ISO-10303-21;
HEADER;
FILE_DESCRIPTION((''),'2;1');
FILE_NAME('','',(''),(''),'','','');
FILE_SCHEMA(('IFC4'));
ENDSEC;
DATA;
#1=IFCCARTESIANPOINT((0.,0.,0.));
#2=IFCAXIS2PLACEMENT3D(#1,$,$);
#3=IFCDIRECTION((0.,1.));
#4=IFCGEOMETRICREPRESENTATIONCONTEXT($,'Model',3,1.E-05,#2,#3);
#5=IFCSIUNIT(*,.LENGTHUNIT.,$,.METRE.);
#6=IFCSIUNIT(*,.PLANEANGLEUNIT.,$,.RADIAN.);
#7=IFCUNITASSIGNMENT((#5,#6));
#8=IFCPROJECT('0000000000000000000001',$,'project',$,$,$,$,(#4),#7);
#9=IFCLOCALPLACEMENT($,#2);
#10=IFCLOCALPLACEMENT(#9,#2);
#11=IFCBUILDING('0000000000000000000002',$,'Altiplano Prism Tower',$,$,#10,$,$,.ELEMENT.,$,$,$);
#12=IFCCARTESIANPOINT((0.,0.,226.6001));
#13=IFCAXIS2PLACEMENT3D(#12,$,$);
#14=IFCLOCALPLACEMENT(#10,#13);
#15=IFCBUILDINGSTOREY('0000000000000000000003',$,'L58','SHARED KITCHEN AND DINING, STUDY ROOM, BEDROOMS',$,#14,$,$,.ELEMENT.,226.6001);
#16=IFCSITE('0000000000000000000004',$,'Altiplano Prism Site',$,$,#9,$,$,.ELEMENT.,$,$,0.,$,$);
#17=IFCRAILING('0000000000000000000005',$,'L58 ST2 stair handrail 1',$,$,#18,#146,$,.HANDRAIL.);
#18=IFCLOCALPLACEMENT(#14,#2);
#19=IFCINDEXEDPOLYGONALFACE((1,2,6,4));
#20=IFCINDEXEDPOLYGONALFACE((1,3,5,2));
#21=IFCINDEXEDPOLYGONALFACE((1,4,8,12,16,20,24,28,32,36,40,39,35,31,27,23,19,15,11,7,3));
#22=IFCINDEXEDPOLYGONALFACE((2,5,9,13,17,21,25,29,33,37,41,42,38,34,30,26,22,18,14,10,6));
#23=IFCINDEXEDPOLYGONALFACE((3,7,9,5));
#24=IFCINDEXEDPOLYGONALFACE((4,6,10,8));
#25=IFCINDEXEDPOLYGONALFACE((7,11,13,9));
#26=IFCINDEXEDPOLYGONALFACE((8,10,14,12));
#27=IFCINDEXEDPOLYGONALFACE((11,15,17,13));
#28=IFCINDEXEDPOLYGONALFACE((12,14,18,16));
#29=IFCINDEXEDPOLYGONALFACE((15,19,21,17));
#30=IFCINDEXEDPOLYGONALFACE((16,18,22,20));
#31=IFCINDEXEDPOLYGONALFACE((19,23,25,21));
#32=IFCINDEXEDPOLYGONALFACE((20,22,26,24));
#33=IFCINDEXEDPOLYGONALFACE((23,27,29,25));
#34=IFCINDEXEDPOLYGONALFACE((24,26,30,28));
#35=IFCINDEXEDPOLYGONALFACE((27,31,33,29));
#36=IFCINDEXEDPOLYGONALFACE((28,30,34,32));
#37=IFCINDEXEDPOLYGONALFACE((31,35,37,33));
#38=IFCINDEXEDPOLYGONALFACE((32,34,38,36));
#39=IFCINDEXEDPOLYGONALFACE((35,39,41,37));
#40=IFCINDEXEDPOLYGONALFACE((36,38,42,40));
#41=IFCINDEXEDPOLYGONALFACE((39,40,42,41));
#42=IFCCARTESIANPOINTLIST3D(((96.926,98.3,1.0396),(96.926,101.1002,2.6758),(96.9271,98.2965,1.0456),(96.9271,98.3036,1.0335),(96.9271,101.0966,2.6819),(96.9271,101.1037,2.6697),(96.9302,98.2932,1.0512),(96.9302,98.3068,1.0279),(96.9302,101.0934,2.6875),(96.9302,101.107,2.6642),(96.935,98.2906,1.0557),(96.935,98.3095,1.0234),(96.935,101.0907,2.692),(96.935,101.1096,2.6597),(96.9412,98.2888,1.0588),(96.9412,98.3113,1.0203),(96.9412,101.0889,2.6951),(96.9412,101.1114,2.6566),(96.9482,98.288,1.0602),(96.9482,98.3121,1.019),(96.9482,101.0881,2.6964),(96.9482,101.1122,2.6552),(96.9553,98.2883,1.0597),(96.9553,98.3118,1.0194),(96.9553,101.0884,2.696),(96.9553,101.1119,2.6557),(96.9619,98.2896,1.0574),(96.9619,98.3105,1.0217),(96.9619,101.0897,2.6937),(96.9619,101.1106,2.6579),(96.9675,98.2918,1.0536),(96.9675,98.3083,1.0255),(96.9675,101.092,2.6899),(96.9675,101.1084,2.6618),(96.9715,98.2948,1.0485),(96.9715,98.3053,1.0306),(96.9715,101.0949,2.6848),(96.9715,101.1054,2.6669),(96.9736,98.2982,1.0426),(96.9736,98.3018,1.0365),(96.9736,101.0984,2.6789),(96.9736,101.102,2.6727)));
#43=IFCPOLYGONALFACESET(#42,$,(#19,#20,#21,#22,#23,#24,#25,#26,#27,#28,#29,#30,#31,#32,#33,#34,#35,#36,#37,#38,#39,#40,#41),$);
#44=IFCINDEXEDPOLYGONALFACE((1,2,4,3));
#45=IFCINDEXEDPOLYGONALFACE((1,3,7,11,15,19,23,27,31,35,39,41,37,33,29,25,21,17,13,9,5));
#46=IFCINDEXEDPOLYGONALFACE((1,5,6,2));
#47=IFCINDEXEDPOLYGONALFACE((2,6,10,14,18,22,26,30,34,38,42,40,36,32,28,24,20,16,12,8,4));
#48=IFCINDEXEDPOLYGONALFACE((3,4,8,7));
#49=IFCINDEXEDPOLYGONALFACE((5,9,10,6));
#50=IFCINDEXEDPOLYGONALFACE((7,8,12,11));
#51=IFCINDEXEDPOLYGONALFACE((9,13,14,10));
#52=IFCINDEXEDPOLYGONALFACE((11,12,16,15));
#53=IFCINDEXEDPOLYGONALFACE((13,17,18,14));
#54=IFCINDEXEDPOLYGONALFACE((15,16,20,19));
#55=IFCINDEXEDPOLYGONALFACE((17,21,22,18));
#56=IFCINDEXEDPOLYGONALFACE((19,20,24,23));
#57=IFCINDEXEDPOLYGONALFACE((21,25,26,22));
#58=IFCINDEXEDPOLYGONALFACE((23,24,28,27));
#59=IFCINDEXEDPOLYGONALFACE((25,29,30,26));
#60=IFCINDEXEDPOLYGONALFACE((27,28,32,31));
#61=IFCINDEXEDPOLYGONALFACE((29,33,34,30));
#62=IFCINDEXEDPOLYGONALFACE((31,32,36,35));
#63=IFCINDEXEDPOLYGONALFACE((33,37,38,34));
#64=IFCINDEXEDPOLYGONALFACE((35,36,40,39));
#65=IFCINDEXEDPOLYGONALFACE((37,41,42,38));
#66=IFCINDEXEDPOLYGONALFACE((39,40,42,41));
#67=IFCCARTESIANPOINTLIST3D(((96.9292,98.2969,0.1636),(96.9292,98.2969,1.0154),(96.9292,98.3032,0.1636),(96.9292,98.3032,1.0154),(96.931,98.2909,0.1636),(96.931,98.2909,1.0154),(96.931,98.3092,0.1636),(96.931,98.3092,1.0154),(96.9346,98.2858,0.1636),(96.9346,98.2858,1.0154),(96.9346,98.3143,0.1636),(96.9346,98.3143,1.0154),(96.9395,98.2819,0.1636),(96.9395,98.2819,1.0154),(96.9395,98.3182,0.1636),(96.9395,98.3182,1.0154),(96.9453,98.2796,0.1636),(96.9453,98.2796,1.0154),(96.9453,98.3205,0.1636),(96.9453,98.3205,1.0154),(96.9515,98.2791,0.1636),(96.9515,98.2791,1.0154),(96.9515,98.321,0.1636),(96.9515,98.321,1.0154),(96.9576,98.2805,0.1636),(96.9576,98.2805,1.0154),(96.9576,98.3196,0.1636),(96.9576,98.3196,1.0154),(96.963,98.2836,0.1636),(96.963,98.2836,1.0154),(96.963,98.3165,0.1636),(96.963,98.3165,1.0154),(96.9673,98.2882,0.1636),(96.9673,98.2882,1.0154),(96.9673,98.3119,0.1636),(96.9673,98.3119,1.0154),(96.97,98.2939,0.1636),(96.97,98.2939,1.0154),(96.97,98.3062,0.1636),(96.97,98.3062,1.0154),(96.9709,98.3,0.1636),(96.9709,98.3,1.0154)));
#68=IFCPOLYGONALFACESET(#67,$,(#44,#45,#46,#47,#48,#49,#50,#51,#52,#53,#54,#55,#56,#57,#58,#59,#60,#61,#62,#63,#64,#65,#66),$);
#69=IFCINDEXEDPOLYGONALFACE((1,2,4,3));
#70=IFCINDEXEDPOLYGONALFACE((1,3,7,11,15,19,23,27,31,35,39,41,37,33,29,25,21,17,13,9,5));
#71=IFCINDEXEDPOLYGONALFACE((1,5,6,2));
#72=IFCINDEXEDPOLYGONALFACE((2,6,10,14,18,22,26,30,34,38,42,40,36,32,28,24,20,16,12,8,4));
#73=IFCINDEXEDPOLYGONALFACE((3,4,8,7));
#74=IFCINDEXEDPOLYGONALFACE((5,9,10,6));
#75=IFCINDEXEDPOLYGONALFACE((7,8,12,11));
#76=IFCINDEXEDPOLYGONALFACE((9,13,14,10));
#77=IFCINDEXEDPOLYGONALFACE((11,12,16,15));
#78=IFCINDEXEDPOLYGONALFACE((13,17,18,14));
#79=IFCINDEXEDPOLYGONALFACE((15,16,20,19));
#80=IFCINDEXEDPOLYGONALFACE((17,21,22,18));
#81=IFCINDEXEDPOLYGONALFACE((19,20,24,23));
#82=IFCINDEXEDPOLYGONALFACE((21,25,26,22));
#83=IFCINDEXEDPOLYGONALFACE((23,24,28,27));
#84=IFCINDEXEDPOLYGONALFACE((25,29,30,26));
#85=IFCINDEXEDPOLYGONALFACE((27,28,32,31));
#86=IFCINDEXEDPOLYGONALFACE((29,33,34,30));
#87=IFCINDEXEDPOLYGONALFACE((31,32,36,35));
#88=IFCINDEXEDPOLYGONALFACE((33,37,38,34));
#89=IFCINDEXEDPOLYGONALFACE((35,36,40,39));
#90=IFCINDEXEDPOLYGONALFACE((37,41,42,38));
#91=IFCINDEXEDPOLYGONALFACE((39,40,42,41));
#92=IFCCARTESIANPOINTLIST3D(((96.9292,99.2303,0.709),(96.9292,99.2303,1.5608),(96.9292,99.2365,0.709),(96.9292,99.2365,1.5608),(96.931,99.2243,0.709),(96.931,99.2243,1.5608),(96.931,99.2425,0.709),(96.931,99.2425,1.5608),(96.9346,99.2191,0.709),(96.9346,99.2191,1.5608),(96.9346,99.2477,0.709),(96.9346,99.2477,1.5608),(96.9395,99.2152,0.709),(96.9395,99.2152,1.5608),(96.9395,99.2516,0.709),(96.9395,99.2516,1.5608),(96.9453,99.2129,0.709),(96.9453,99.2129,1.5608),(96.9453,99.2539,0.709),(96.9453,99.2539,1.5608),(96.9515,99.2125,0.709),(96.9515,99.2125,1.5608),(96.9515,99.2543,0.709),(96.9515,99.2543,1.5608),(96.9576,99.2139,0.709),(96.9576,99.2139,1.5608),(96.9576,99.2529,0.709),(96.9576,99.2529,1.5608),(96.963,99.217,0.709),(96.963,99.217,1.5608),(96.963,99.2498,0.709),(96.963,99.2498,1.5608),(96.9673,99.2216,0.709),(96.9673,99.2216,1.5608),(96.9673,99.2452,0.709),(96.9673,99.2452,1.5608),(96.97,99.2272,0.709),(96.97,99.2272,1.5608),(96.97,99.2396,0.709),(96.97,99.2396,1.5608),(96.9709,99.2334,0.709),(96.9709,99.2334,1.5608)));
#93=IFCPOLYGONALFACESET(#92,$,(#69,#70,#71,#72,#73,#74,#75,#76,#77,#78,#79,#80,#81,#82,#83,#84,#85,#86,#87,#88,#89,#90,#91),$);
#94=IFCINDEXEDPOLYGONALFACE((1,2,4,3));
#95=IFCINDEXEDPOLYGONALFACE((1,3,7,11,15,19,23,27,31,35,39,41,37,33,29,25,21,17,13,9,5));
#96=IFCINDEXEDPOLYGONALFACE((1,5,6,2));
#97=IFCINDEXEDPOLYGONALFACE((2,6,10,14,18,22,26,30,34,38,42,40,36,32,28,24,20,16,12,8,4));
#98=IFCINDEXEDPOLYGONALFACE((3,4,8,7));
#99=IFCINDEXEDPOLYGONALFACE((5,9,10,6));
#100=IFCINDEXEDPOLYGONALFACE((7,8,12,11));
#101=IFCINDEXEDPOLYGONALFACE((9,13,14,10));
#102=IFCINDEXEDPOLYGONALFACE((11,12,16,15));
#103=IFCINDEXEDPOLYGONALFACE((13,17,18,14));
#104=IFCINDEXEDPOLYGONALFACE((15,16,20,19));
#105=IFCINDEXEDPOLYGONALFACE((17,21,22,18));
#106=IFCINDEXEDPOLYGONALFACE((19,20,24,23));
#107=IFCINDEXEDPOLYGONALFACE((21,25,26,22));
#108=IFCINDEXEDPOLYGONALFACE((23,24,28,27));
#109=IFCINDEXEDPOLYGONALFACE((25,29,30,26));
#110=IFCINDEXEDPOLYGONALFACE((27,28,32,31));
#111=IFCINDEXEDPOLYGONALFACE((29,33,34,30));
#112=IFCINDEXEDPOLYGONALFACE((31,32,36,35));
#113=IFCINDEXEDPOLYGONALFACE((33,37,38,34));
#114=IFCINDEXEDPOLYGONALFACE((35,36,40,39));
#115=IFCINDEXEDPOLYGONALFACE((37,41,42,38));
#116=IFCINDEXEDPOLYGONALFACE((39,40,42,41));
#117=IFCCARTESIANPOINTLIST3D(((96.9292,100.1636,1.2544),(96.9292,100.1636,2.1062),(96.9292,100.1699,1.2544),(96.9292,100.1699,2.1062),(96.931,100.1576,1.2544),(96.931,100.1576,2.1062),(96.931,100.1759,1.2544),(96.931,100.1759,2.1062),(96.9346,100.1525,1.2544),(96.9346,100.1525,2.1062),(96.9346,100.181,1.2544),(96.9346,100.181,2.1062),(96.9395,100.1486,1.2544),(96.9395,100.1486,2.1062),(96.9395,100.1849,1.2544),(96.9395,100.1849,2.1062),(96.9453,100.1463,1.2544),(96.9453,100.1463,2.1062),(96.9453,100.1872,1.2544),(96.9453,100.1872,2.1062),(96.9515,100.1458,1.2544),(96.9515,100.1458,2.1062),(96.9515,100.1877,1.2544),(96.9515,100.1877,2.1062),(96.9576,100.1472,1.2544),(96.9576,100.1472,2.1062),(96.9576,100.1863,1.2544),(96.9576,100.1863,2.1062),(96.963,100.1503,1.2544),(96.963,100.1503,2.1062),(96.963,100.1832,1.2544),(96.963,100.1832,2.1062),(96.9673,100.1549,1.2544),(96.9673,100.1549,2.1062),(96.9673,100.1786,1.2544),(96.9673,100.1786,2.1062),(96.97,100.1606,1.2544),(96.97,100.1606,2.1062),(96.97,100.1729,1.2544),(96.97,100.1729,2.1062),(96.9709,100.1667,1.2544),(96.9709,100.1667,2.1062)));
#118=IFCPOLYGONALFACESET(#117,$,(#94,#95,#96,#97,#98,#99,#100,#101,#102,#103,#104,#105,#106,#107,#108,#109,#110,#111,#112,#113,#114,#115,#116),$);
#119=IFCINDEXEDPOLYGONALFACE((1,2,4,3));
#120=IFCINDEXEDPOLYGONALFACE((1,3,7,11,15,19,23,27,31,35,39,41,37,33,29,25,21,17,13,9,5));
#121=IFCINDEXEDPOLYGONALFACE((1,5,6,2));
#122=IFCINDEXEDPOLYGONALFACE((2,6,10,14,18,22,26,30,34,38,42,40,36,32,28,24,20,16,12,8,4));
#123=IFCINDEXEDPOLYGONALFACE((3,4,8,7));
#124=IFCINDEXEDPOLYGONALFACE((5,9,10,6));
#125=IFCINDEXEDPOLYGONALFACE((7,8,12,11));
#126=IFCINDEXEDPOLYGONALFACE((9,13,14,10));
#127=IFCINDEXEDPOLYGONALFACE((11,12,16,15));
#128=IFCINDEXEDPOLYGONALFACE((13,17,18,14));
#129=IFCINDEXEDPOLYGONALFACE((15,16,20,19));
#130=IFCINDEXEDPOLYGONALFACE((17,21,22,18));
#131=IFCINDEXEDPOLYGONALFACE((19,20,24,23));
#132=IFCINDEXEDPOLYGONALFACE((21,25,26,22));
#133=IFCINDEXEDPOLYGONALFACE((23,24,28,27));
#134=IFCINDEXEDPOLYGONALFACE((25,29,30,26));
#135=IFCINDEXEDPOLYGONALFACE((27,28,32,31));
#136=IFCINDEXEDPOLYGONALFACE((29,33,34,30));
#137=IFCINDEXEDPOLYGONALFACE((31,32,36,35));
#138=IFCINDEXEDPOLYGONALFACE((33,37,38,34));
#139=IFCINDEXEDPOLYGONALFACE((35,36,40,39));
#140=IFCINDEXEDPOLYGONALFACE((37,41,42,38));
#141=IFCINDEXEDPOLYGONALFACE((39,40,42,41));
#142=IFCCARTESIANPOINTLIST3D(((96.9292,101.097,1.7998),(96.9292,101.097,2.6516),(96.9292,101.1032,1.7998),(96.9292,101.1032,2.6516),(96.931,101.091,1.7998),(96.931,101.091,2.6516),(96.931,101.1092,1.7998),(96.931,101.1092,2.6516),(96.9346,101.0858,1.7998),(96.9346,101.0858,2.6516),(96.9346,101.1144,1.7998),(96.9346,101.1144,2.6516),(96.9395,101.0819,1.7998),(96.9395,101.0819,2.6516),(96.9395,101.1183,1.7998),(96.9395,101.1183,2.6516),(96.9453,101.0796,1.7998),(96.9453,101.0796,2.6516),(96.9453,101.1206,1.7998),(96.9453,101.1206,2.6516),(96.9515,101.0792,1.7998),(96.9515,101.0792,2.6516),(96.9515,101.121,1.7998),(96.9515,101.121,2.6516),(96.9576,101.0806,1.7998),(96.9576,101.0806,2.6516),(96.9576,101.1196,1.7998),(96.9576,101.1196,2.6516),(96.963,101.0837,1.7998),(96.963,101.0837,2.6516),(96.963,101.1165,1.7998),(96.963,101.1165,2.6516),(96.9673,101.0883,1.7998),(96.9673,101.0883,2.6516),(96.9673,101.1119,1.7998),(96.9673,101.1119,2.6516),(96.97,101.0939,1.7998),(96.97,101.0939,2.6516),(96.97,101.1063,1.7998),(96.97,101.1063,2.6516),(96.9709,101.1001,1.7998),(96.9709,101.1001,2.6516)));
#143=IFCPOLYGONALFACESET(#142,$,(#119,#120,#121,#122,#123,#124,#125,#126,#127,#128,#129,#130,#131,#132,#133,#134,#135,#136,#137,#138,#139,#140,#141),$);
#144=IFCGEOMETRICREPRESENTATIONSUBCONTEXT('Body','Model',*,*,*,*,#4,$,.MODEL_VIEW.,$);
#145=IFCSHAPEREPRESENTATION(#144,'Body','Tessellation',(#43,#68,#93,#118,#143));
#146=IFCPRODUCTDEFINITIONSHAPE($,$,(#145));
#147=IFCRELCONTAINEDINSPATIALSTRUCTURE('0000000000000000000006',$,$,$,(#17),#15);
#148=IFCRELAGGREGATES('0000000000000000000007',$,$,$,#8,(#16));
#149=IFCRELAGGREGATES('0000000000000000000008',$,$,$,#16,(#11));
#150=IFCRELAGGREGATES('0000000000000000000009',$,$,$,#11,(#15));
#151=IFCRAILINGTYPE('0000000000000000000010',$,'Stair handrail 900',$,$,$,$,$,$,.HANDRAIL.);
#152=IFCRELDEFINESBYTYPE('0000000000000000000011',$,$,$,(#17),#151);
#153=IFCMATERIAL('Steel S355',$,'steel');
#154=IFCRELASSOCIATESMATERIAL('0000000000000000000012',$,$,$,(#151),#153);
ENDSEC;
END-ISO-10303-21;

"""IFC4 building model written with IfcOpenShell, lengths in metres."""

from ifc_helpers import new_model, si_unit, direction, frame, origin, origin_2d, place, context, subcontext, project, spatial, circle, extrude, material, type_object, element, save


model = new_model("IFC4")

# Units and contexts
model_context = context("Model", 3, precision=1e-05, world=origin(), true_north=direction((0.0, 1.0)))
body_context = subcontext(model_context, "Body", "Model", "MODEL_VIEW")
ifc_project = project(units=[si_unit("LENGTHUNIT", "METRE"), si_unit("PLANEANGLEUNIT", "RADIAN")], contexts=[model_context])

# Site, building, storey
site_placement = place(None, origin())
site = spatial("IfcSite", under=ifc_project, at=site_placement, Name="Altiplano Prism Site", CompositionType="ELEMENT", RefElevation=0.0)
building_placement = place(site_placement, origin())
building = spatial("IfcBuilding", under=site, at=building_placement, Name="Altiplano Prism Tower", CompositionType="ELEMENT")
storey_placement = place(building_placement, frame((0.0, 0.0, 226.6001)))
storey = spatial("IfcBuildingStorey", under=building, at=storey_placement, Name="L58", Description="SHARED KITCHEN AND DINING, STUDY ROOM, BEDROOMS", CompositionType="ELEMENT", Elevation=226.6001)

# Railing
ifc_material_1 = material(Name="Steel S355", Category="steel")
railing_type_1 = type_object("IfcRailingType", Name="Stair handrail 900", PredefinedType="HANDRAIL", material=ifc_material_1)
railing_1_placement = place(storey_placement, frame((96.95, 98.3, 0.1636)))
element("IfcRailing", 1, at=railing_1_placement, inside=storey, type_object=railing_type_1, Name="L58 ST2 stair handrail 1", PredefinedType="HANDRAIL", context=body_context, shape_type="SweptSolid", body=[
    extrude(circle(Radius=0.0239, at=origin_2d()), frame((0.0, 0.0, 0.876), z_axis=(0.0, 0.863394, 0.504531), x_axis=(-1.0, 0.0, 0.0)), (0.0, 0.0, 1.0), 3.2432),
    extrude(circle(Radius=0.021, at=origin_2d()), origin(), (0.0, 0.0, 1.0), 0.8518),
    extrude(circle(Radius=0.021, at=origin_2d()), frame((0.0, 0.9333, 0.5454)), (0.0, 0.0, 1.0), 0.8518),
    extrude(circle(Radius=0.021, at=origin_2d()), frame((0.0, 1.8667, 1.0908)), (0.0, 0.0, 1.0), 0.8518),
    extrude(circle(Radius=0.021, at=origin_2d()), frame((0.0, 2.8, 1.6362)), (0.0, 0.0, 1.0), 0.8518),
])

save(model, "model.ifc")
